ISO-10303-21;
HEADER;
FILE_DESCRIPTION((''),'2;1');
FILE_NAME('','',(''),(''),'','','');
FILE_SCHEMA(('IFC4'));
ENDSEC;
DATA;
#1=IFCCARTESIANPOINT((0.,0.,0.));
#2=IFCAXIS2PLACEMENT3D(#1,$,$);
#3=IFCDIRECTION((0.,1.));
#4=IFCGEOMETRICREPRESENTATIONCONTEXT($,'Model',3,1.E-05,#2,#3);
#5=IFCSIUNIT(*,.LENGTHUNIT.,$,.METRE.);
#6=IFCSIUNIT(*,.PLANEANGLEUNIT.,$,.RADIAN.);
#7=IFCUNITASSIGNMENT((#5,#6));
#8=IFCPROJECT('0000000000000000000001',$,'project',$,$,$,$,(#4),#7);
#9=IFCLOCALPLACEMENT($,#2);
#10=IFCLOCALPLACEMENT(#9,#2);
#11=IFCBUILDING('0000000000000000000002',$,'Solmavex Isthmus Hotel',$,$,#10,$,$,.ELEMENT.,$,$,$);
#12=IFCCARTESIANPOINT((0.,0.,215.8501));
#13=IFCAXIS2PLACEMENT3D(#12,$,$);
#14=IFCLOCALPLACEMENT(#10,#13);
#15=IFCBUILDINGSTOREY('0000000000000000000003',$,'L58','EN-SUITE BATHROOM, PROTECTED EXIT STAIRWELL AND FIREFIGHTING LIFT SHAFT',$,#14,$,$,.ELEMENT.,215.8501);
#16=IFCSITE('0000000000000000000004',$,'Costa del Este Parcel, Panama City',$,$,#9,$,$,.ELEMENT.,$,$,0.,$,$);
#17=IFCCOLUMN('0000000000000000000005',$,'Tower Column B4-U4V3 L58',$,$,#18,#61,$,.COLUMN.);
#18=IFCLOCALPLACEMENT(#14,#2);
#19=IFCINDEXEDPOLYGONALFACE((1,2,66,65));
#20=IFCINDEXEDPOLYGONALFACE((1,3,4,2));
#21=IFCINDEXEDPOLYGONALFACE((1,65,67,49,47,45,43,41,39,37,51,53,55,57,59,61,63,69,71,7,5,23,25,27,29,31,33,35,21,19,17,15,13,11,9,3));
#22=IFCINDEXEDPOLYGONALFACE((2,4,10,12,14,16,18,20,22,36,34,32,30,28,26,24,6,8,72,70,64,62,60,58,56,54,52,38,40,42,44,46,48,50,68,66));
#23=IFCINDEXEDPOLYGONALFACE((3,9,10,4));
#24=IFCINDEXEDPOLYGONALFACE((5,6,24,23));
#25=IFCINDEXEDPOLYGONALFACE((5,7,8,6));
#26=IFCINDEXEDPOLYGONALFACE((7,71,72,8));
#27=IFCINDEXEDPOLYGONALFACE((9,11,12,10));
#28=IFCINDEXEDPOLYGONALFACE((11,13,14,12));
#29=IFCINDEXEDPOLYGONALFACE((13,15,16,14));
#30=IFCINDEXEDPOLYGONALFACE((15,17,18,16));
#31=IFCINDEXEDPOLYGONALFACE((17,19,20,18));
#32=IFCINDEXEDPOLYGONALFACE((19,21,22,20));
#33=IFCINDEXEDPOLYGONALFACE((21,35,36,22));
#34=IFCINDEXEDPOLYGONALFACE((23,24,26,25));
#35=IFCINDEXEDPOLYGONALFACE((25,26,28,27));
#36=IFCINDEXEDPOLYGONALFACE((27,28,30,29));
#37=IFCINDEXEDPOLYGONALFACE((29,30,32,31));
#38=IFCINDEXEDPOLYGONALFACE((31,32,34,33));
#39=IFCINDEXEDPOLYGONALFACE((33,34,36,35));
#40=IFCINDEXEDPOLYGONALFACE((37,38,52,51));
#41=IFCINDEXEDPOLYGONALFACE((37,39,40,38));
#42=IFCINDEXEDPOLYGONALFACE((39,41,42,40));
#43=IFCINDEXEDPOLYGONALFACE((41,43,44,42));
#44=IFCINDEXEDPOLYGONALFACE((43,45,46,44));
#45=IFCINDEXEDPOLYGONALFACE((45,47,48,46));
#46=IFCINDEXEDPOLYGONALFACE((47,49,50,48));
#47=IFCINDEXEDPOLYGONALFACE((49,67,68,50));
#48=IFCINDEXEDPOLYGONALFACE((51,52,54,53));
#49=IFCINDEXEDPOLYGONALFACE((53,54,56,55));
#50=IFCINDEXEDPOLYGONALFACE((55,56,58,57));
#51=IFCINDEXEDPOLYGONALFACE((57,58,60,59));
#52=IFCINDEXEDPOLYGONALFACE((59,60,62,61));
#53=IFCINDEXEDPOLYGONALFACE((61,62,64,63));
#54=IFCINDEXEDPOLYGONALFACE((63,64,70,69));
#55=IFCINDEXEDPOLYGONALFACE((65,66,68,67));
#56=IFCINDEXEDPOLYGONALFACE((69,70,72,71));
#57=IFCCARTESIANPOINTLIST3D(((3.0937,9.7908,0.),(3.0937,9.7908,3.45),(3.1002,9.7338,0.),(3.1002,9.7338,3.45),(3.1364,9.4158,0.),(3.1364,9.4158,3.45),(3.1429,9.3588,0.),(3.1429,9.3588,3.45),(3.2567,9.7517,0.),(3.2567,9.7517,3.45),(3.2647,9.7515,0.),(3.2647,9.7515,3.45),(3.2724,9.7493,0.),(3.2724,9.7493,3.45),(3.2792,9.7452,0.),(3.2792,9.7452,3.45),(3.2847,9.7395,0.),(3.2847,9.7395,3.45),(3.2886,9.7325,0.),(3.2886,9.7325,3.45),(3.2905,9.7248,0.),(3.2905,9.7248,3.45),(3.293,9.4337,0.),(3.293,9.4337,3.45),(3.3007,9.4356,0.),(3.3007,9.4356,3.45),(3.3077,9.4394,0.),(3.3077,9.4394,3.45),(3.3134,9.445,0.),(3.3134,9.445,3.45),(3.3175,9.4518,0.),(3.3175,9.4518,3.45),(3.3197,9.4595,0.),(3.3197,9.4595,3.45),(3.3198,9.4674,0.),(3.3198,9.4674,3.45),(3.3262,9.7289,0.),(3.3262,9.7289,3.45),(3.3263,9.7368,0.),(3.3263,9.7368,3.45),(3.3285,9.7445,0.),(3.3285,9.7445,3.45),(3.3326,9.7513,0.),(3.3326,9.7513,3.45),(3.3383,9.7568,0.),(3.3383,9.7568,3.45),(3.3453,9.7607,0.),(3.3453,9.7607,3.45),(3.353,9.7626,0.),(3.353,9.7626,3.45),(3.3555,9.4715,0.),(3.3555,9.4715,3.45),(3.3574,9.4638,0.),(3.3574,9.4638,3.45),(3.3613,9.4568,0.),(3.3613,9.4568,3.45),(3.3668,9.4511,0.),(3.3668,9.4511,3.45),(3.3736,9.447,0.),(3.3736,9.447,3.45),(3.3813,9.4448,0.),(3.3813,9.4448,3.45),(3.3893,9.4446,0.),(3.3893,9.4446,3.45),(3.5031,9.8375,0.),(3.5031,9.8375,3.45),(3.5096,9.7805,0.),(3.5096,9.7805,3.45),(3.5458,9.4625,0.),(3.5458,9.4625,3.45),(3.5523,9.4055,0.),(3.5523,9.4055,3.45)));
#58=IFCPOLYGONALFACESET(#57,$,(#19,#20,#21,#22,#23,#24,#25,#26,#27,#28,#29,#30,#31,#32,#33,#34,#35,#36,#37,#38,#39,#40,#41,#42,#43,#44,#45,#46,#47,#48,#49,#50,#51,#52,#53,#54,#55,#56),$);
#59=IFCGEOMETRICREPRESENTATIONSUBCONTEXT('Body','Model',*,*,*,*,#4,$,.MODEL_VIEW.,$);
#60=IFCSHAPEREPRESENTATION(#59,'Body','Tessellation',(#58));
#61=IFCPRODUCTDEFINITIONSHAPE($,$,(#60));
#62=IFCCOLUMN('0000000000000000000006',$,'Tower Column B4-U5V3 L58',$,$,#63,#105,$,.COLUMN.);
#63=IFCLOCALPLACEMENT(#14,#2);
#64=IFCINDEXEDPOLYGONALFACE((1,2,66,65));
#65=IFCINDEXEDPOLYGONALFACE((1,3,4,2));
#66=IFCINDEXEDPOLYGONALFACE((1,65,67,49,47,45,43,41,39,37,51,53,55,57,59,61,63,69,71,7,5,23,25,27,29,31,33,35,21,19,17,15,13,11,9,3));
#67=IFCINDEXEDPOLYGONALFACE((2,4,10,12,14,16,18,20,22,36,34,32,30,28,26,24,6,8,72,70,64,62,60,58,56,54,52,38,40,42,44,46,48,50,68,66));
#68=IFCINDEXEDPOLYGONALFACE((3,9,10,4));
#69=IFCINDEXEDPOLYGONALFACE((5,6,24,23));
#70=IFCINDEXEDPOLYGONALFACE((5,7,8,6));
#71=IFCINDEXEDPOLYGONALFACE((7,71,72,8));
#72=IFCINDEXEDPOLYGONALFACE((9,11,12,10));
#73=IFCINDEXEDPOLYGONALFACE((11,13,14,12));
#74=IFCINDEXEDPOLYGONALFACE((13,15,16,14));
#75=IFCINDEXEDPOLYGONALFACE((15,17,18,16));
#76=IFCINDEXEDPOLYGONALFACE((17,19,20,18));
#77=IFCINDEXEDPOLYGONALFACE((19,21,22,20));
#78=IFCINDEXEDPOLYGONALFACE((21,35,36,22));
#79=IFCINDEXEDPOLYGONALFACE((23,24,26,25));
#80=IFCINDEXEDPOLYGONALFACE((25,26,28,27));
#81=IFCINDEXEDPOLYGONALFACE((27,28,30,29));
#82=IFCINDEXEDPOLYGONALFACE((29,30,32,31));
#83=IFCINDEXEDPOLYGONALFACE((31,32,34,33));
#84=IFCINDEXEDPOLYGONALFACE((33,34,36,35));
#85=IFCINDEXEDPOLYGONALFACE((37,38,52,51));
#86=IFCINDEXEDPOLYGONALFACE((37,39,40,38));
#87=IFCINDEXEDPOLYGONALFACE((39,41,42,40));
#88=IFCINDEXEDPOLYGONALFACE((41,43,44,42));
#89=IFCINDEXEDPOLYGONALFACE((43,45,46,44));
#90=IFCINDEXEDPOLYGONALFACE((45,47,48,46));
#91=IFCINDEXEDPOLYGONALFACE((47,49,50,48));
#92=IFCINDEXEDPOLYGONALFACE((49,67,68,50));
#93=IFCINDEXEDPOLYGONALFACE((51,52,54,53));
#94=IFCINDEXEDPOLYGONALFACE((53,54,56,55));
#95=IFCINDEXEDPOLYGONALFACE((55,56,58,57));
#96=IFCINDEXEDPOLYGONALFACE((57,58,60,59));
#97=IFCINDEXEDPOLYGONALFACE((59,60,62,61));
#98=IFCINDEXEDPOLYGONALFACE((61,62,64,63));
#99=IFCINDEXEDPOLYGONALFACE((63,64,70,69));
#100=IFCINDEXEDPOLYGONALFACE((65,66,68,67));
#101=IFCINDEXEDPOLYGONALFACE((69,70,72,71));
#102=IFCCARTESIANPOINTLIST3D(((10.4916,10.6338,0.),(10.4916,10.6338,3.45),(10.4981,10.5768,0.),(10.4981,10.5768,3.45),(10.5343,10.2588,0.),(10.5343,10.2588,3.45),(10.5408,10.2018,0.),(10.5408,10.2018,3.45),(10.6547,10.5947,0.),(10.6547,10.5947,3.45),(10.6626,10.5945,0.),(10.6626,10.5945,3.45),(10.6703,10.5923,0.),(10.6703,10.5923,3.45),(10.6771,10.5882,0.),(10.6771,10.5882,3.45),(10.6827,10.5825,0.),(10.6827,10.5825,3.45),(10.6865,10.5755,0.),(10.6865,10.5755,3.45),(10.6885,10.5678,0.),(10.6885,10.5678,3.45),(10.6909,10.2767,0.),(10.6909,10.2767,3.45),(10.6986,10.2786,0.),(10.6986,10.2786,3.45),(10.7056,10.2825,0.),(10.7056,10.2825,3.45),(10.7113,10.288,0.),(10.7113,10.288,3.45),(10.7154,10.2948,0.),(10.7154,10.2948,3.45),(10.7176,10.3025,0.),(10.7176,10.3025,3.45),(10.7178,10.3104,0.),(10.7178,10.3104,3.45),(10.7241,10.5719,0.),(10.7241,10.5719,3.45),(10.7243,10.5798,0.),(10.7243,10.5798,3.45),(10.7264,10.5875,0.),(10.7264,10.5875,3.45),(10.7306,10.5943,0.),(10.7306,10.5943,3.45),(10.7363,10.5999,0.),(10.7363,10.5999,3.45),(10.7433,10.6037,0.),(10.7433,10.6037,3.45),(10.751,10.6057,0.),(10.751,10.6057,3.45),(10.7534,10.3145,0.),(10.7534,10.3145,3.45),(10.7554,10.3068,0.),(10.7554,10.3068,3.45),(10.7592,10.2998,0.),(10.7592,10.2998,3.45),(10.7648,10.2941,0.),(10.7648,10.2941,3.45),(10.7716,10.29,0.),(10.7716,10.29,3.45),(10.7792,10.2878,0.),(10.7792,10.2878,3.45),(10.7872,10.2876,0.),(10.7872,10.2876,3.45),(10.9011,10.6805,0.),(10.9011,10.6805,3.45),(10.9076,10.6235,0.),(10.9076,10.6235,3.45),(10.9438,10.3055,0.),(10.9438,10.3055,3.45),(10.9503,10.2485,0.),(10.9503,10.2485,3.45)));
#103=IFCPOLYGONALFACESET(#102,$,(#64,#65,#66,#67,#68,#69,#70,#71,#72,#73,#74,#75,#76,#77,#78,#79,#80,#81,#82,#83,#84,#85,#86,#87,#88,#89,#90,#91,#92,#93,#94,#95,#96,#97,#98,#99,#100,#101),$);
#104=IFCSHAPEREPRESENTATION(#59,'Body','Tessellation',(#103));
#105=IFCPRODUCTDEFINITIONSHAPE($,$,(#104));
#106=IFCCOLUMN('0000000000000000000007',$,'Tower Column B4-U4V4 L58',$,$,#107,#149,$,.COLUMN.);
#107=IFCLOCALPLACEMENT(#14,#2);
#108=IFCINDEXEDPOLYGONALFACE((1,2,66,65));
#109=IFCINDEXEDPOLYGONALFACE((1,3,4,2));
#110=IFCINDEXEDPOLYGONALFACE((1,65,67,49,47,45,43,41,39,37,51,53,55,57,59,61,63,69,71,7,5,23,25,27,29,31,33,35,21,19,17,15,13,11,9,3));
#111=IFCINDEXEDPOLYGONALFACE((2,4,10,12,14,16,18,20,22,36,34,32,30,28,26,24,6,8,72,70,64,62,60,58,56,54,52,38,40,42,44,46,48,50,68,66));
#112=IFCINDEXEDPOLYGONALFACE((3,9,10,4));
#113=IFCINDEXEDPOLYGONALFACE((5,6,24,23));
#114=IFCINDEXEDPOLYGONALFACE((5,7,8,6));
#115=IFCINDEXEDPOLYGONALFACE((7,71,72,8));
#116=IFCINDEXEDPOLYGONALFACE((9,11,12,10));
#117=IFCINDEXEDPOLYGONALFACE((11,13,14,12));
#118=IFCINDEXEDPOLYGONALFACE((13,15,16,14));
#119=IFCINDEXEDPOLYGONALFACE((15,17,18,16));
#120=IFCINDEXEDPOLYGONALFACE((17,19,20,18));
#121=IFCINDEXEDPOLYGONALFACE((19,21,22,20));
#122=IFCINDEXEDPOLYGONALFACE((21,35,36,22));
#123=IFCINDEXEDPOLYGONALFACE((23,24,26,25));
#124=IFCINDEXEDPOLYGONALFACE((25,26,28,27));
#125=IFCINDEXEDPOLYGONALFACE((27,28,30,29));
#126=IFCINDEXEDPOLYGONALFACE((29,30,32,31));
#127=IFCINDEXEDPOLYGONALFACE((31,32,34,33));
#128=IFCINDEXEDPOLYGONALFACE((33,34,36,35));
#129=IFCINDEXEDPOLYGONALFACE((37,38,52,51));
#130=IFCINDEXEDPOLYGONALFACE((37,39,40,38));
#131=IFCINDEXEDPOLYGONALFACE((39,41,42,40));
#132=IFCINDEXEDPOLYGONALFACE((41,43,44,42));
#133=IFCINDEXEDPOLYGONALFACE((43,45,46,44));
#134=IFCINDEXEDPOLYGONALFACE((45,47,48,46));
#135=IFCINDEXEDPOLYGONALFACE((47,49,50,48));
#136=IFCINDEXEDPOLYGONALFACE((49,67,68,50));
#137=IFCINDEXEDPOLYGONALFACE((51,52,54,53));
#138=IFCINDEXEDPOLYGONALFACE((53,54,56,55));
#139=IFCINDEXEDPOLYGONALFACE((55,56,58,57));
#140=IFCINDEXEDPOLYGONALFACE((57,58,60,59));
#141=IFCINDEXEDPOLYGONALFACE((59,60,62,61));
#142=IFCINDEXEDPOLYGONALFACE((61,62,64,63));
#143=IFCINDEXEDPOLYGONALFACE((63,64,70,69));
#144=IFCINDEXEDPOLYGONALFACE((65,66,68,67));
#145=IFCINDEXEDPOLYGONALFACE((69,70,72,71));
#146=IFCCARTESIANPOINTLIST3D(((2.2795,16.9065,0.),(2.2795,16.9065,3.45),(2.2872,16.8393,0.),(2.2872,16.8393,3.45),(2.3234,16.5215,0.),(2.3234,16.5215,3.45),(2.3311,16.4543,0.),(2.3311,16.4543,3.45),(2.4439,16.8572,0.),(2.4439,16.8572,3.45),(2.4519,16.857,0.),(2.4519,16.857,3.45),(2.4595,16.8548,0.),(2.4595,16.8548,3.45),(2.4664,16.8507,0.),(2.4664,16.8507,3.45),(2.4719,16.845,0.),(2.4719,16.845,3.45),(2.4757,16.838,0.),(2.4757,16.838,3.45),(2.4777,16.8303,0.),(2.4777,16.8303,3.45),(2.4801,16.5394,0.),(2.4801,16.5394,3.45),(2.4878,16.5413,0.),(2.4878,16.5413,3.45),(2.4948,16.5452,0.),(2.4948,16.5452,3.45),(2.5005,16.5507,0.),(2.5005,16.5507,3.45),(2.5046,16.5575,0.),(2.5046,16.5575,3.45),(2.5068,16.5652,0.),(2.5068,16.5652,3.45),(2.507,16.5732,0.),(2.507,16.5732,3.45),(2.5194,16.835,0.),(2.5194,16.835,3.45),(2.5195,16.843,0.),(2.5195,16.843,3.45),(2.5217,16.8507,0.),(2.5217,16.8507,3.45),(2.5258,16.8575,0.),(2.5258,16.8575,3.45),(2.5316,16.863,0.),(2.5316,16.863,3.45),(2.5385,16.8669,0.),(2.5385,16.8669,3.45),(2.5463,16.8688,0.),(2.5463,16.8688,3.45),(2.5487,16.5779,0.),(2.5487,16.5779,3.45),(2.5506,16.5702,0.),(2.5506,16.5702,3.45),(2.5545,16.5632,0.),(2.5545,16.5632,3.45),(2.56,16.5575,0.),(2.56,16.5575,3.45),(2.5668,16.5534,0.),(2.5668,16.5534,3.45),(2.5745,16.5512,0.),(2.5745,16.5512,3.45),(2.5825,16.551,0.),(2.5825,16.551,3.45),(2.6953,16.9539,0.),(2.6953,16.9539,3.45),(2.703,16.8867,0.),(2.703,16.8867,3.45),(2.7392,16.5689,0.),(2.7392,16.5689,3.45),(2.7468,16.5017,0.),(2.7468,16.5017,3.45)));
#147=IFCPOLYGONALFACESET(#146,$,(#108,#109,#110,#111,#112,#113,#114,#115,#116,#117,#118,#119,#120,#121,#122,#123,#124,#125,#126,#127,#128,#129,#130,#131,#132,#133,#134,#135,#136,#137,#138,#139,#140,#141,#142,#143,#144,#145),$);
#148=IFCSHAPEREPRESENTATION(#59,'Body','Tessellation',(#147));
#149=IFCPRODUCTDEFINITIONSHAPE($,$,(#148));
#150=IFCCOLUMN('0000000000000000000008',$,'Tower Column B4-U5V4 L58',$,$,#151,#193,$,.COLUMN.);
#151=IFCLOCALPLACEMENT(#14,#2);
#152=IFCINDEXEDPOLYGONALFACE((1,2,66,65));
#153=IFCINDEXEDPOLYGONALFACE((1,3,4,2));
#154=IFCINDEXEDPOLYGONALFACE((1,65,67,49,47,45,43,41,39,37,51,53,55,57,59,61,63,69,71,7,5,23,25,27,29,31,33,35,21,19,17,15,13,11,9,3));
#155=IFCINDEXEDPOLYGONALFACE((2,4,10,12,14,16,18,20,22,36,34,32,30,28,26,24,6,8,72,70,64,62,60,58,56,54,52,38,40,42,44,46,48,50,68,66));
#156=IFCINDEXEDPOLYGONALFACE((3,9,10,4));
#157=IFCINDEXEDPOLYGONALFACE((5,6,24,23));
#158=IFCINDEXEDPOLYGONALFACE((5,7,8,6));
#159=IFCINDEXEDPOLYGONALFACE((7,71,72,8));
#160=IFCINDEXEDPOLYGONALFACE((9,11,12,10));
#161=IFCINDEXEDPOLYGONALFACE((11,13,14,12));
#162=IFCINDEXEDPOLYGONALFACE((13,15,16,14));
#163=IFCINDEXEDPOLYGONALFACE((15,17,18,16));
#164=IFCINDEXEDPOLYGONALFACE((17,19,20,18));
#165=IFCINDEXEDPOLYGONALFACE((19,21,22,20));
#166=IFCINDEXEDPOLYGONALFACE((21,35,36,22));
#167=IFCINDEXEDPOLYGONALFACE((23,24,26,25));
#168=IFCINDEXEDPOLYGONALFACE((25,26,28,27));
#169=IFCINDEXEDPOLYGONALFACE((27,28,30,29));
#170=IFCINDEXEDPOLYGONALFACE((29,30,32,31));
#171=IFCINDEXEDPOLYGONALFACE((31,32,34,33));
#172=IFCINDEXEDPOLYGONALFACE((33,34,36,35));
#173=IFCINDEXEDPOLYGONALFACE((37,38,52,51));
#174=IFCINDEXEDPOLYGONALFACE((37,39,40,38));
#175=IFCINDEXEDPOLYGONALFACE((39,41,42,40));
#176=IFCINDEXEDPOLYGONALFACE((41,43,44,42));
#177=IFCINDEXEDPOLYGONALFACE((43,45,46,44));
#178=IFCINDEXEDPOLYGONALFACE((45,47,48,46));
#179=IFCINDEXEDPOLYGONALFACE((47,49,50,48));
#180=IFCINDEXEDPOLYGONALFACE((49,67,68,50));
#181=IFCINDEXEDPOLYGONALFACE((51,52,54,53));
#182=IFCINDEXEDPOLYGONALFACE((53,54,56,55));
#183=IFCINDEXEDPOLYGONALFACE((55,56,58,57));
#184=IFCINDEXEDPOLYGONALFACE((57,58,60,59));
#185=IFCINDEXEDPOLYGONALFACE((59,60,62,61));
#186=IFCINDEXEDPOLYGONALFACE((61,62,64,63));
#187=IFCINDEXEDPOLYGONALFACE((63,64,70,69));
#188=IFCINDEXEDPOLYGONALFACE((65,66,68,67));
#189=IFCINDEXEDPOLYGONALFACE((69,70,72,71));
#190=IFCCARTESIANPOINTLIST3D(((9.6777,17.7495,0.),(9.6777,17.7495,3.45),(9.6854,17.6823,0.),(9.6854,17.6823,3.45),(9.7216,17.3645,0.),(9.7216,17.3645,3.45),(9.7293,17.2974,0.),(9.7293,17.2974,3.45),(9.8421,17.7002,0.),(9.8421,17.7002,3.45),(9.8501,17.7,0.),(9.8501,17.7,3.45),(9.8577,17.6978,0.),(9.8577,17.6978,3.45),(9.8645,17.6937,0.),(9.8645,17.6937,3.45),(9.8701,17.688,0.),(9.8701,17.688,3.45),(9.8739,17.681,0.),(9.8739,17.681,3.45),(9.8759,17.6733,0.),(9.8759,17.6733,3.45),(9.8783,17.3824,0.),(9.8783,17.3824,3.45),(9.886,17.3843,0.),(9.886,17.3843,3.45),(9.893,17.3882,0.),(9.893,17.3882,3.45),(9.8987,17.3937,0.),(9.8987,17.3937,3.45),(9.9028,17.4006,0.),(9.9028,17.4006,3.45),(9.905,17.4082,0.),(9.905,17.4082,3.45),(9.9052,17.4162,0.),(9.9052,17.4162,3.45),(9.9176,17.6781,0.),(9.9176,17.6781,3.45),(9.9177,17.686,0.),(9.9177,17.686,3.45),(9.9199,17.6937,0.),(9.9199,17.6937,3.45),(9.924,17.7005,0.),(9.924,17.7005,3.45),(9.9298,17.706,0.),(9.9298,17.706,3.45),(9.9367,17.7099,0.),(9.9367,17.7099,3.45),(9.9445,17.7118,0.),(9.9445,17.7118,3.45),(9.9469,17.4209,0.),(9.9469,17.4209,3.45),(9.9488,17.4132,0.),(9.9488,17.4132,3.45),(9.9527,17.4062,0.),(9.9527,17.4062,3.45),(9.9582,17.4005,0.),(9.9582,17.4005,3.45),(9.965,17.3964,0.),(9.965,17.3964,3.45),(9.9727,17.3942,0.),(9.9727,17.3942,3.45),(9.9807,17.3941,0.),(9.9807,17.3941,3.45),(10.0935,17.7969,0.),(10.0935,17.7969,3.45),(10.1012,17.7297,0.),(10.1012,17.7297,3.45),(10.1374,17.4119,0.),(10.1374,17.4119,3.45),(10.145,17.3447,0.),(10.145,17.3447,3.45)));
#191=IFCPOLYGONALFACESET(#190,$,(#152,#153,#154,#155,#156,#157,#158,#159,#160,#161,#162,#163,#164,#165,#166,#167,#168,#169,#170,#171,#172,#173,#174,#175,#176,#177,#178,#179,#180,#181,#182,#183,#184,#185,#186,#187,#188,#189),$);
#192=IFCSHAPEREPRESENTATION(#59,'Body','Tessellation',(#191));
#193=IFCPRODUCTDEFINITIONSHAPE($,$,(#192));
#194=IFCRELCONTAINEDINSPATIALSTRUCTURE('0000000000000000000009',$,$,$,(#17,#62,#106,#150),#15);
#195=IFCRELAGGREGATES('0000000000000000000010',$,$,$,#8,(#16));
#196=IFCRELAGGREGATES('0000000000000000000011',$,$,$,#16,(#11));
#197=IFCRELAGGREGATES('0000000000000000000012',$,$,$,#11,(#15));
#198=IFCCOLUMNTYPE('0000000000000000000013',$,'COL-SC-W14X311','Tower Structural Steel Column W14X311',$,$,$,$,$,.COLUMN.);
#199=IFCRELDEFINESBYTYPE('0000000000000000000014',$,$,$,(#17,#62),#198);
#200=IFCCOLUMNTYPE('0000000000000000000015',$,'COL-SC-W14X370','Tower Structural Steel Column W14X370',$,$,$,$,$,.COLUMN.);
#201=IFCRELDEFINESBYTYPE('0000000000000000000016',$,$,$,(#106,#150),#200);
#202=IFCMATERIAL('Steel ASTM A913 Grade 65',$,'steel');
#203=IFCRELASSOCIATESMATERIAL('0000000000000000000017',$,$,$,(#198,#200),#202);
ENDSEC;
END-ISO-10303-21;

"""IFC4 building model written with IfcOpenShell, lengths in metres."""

from ifc_helpers import new_model, si_unit, direction, frame, origin, origin_2d, place, context, subcontext, project, spatial, i_section, extrude, material, material_profile, profile_set, type_object, element, save


model = new_model("IFC4")

# Units and contexts
model_context = context("Model", 3, precision=1e-05, world=origin(), true_north=direction((0.0, 1.0)))
body_context = subcontext(model_context, "Body", "Model", "MODEL_VIEW")
ifc_project = project(units=[si_unit("LENGTHUNIT", "METRE"), si_unit("PLANEANGLEUNIT", "RADIAN")], contexts=[model_context])

# Site, building, storey
site_placement = place(None, origin())
site = spatial("IfcSite", under=ifc_project, at=site_placement, Name="Costa del Este Parcel, Panama City", CompositionType="ELEMENT", RefElevation=0.0)
building_placement = place(site_placement, origin())
building = spatial("IfcBuilding", under=site, at=building_placement, Name="Solmavex Isthmus Hotel", CompositionType="ELEMENT")
storey_placement = place(building_placement, frame((0.0, 0.0, 215.8501)))
storey = spatial("IfcBuildingStorey", under=building, at=storey_placement, Name="L58", Description="EN-SUITE BATHROOM, PROTECTED EXIT STAIRWELL AND FIREFIGHTING LIFT SHAFT", CompositionType="ELEMENT", Elevation=215.8501)

# Columns
ifc_material_1 = material(Name="Steel ASTM A913 Grade 65", Category="steel")
ifc_material_profile_1 = material_profile(ifc_material_1, i_section(OverallWidth=0.4121, OverallDepth=0.4348, WebThickness=0.0359, FlangeThickness=0.0574, FilletRadius=0.0305, at=origin_2d()), Name="W14X311")
ifc_profile_set_1 = profile_set([ifc_material_profile_1], Name="Steel ASTM A913 Grade 65")
column_type_1 = type_object("IfcColumnType", Name="COL-SC-W14X311", Description="Tower Structural Steel Column W14X311", PredefinedType="COLUMN", material=ifc_profile_set_1)
for number, where, z_axis, x_axis, name in (
    (1, (3.323, 9.5981, 0.0), (0.0, 0.0, 1.0), (0.993572, 0.113203, 0.0), "Tower Column B4-U4V3 L58"),
    (2, (10.7209, 10.4412, 0.0), (0.0, 0.0, 1.0), (0.993572, 0.113203, 0.0), "Tower Column B4-U5V3 L58"),
):
    element("IfcColumn", number, at=place(storey_placement, frame(where, z_axis=z_axis, x_axis=x_axis)), inside=storey, type_object=column_type_1, Name=name, PredefinedType="COLUMN", context=body_context, shape_type="SweptSolid", body=[
        extrude(i_section(OverallWidth=0.4121, OverallDepth=0.4348, WebThickness=0.0359, FlangeThickness=0.0574, FilletRadius=0.0305, at=origin_2d()), origin(), (0.0, 0.0, 1.0), 3.45),
    ])
ifc_material_profile_2 = material_profile(ifc_material_1, i_section(OverallWidth=0.4185, OverallDepth=0.4551, WebThickness=0.042, FlangeThickness=0.0676, FilletRadius=0.0305, at=origin_2d()), Name="W14X370")
ifc_profile_set_2 = profile_set([ifc_material_profile_2], Name="Steel ASTM A913 Grade 65")
column_type_2 = type_object("IfcColumnType", Name="COL-SC-W14X370", Description="Tower Structural Steel Column W14X370", PredefinedType="COLUMN", material=ifc_profile_set_2)
for number, where, z_axis, x_axis, name in (
    (3, (2.5132, 16.7041, 0.0), (0.0, 0.0, 1.0), (0.993572, 0.113203, 0.0), "Tower Column B4-U4V4 L58"),
    (4, (9.9114, 17.5471, 0.0), (0.0, 0.0, 1.0), (0.993572, 0.113203, 0.0), "Tower Column B4-U5V4 L58"),
):
    element("IfcColumn", number, at=place(storey_placement, frame(where, z_axis=z_axis, x_axis=x_axis)), inside=storey, type_object=column_type_2, Name=name, PredefinedType="COLUMN", context=body_context, shape_type="SweptSolid", body=[
        extrude(i_section(OverallWidth=0.4185, OverallDepth=0.4551, WebThickness=0.042, FlangeThickness=0.0676, FilletRadius=0.0305, at=origin_2d()), origin(), (0.0, 0.0, 1.0), 3.45),
    ])

save(model, "model.ifc")
